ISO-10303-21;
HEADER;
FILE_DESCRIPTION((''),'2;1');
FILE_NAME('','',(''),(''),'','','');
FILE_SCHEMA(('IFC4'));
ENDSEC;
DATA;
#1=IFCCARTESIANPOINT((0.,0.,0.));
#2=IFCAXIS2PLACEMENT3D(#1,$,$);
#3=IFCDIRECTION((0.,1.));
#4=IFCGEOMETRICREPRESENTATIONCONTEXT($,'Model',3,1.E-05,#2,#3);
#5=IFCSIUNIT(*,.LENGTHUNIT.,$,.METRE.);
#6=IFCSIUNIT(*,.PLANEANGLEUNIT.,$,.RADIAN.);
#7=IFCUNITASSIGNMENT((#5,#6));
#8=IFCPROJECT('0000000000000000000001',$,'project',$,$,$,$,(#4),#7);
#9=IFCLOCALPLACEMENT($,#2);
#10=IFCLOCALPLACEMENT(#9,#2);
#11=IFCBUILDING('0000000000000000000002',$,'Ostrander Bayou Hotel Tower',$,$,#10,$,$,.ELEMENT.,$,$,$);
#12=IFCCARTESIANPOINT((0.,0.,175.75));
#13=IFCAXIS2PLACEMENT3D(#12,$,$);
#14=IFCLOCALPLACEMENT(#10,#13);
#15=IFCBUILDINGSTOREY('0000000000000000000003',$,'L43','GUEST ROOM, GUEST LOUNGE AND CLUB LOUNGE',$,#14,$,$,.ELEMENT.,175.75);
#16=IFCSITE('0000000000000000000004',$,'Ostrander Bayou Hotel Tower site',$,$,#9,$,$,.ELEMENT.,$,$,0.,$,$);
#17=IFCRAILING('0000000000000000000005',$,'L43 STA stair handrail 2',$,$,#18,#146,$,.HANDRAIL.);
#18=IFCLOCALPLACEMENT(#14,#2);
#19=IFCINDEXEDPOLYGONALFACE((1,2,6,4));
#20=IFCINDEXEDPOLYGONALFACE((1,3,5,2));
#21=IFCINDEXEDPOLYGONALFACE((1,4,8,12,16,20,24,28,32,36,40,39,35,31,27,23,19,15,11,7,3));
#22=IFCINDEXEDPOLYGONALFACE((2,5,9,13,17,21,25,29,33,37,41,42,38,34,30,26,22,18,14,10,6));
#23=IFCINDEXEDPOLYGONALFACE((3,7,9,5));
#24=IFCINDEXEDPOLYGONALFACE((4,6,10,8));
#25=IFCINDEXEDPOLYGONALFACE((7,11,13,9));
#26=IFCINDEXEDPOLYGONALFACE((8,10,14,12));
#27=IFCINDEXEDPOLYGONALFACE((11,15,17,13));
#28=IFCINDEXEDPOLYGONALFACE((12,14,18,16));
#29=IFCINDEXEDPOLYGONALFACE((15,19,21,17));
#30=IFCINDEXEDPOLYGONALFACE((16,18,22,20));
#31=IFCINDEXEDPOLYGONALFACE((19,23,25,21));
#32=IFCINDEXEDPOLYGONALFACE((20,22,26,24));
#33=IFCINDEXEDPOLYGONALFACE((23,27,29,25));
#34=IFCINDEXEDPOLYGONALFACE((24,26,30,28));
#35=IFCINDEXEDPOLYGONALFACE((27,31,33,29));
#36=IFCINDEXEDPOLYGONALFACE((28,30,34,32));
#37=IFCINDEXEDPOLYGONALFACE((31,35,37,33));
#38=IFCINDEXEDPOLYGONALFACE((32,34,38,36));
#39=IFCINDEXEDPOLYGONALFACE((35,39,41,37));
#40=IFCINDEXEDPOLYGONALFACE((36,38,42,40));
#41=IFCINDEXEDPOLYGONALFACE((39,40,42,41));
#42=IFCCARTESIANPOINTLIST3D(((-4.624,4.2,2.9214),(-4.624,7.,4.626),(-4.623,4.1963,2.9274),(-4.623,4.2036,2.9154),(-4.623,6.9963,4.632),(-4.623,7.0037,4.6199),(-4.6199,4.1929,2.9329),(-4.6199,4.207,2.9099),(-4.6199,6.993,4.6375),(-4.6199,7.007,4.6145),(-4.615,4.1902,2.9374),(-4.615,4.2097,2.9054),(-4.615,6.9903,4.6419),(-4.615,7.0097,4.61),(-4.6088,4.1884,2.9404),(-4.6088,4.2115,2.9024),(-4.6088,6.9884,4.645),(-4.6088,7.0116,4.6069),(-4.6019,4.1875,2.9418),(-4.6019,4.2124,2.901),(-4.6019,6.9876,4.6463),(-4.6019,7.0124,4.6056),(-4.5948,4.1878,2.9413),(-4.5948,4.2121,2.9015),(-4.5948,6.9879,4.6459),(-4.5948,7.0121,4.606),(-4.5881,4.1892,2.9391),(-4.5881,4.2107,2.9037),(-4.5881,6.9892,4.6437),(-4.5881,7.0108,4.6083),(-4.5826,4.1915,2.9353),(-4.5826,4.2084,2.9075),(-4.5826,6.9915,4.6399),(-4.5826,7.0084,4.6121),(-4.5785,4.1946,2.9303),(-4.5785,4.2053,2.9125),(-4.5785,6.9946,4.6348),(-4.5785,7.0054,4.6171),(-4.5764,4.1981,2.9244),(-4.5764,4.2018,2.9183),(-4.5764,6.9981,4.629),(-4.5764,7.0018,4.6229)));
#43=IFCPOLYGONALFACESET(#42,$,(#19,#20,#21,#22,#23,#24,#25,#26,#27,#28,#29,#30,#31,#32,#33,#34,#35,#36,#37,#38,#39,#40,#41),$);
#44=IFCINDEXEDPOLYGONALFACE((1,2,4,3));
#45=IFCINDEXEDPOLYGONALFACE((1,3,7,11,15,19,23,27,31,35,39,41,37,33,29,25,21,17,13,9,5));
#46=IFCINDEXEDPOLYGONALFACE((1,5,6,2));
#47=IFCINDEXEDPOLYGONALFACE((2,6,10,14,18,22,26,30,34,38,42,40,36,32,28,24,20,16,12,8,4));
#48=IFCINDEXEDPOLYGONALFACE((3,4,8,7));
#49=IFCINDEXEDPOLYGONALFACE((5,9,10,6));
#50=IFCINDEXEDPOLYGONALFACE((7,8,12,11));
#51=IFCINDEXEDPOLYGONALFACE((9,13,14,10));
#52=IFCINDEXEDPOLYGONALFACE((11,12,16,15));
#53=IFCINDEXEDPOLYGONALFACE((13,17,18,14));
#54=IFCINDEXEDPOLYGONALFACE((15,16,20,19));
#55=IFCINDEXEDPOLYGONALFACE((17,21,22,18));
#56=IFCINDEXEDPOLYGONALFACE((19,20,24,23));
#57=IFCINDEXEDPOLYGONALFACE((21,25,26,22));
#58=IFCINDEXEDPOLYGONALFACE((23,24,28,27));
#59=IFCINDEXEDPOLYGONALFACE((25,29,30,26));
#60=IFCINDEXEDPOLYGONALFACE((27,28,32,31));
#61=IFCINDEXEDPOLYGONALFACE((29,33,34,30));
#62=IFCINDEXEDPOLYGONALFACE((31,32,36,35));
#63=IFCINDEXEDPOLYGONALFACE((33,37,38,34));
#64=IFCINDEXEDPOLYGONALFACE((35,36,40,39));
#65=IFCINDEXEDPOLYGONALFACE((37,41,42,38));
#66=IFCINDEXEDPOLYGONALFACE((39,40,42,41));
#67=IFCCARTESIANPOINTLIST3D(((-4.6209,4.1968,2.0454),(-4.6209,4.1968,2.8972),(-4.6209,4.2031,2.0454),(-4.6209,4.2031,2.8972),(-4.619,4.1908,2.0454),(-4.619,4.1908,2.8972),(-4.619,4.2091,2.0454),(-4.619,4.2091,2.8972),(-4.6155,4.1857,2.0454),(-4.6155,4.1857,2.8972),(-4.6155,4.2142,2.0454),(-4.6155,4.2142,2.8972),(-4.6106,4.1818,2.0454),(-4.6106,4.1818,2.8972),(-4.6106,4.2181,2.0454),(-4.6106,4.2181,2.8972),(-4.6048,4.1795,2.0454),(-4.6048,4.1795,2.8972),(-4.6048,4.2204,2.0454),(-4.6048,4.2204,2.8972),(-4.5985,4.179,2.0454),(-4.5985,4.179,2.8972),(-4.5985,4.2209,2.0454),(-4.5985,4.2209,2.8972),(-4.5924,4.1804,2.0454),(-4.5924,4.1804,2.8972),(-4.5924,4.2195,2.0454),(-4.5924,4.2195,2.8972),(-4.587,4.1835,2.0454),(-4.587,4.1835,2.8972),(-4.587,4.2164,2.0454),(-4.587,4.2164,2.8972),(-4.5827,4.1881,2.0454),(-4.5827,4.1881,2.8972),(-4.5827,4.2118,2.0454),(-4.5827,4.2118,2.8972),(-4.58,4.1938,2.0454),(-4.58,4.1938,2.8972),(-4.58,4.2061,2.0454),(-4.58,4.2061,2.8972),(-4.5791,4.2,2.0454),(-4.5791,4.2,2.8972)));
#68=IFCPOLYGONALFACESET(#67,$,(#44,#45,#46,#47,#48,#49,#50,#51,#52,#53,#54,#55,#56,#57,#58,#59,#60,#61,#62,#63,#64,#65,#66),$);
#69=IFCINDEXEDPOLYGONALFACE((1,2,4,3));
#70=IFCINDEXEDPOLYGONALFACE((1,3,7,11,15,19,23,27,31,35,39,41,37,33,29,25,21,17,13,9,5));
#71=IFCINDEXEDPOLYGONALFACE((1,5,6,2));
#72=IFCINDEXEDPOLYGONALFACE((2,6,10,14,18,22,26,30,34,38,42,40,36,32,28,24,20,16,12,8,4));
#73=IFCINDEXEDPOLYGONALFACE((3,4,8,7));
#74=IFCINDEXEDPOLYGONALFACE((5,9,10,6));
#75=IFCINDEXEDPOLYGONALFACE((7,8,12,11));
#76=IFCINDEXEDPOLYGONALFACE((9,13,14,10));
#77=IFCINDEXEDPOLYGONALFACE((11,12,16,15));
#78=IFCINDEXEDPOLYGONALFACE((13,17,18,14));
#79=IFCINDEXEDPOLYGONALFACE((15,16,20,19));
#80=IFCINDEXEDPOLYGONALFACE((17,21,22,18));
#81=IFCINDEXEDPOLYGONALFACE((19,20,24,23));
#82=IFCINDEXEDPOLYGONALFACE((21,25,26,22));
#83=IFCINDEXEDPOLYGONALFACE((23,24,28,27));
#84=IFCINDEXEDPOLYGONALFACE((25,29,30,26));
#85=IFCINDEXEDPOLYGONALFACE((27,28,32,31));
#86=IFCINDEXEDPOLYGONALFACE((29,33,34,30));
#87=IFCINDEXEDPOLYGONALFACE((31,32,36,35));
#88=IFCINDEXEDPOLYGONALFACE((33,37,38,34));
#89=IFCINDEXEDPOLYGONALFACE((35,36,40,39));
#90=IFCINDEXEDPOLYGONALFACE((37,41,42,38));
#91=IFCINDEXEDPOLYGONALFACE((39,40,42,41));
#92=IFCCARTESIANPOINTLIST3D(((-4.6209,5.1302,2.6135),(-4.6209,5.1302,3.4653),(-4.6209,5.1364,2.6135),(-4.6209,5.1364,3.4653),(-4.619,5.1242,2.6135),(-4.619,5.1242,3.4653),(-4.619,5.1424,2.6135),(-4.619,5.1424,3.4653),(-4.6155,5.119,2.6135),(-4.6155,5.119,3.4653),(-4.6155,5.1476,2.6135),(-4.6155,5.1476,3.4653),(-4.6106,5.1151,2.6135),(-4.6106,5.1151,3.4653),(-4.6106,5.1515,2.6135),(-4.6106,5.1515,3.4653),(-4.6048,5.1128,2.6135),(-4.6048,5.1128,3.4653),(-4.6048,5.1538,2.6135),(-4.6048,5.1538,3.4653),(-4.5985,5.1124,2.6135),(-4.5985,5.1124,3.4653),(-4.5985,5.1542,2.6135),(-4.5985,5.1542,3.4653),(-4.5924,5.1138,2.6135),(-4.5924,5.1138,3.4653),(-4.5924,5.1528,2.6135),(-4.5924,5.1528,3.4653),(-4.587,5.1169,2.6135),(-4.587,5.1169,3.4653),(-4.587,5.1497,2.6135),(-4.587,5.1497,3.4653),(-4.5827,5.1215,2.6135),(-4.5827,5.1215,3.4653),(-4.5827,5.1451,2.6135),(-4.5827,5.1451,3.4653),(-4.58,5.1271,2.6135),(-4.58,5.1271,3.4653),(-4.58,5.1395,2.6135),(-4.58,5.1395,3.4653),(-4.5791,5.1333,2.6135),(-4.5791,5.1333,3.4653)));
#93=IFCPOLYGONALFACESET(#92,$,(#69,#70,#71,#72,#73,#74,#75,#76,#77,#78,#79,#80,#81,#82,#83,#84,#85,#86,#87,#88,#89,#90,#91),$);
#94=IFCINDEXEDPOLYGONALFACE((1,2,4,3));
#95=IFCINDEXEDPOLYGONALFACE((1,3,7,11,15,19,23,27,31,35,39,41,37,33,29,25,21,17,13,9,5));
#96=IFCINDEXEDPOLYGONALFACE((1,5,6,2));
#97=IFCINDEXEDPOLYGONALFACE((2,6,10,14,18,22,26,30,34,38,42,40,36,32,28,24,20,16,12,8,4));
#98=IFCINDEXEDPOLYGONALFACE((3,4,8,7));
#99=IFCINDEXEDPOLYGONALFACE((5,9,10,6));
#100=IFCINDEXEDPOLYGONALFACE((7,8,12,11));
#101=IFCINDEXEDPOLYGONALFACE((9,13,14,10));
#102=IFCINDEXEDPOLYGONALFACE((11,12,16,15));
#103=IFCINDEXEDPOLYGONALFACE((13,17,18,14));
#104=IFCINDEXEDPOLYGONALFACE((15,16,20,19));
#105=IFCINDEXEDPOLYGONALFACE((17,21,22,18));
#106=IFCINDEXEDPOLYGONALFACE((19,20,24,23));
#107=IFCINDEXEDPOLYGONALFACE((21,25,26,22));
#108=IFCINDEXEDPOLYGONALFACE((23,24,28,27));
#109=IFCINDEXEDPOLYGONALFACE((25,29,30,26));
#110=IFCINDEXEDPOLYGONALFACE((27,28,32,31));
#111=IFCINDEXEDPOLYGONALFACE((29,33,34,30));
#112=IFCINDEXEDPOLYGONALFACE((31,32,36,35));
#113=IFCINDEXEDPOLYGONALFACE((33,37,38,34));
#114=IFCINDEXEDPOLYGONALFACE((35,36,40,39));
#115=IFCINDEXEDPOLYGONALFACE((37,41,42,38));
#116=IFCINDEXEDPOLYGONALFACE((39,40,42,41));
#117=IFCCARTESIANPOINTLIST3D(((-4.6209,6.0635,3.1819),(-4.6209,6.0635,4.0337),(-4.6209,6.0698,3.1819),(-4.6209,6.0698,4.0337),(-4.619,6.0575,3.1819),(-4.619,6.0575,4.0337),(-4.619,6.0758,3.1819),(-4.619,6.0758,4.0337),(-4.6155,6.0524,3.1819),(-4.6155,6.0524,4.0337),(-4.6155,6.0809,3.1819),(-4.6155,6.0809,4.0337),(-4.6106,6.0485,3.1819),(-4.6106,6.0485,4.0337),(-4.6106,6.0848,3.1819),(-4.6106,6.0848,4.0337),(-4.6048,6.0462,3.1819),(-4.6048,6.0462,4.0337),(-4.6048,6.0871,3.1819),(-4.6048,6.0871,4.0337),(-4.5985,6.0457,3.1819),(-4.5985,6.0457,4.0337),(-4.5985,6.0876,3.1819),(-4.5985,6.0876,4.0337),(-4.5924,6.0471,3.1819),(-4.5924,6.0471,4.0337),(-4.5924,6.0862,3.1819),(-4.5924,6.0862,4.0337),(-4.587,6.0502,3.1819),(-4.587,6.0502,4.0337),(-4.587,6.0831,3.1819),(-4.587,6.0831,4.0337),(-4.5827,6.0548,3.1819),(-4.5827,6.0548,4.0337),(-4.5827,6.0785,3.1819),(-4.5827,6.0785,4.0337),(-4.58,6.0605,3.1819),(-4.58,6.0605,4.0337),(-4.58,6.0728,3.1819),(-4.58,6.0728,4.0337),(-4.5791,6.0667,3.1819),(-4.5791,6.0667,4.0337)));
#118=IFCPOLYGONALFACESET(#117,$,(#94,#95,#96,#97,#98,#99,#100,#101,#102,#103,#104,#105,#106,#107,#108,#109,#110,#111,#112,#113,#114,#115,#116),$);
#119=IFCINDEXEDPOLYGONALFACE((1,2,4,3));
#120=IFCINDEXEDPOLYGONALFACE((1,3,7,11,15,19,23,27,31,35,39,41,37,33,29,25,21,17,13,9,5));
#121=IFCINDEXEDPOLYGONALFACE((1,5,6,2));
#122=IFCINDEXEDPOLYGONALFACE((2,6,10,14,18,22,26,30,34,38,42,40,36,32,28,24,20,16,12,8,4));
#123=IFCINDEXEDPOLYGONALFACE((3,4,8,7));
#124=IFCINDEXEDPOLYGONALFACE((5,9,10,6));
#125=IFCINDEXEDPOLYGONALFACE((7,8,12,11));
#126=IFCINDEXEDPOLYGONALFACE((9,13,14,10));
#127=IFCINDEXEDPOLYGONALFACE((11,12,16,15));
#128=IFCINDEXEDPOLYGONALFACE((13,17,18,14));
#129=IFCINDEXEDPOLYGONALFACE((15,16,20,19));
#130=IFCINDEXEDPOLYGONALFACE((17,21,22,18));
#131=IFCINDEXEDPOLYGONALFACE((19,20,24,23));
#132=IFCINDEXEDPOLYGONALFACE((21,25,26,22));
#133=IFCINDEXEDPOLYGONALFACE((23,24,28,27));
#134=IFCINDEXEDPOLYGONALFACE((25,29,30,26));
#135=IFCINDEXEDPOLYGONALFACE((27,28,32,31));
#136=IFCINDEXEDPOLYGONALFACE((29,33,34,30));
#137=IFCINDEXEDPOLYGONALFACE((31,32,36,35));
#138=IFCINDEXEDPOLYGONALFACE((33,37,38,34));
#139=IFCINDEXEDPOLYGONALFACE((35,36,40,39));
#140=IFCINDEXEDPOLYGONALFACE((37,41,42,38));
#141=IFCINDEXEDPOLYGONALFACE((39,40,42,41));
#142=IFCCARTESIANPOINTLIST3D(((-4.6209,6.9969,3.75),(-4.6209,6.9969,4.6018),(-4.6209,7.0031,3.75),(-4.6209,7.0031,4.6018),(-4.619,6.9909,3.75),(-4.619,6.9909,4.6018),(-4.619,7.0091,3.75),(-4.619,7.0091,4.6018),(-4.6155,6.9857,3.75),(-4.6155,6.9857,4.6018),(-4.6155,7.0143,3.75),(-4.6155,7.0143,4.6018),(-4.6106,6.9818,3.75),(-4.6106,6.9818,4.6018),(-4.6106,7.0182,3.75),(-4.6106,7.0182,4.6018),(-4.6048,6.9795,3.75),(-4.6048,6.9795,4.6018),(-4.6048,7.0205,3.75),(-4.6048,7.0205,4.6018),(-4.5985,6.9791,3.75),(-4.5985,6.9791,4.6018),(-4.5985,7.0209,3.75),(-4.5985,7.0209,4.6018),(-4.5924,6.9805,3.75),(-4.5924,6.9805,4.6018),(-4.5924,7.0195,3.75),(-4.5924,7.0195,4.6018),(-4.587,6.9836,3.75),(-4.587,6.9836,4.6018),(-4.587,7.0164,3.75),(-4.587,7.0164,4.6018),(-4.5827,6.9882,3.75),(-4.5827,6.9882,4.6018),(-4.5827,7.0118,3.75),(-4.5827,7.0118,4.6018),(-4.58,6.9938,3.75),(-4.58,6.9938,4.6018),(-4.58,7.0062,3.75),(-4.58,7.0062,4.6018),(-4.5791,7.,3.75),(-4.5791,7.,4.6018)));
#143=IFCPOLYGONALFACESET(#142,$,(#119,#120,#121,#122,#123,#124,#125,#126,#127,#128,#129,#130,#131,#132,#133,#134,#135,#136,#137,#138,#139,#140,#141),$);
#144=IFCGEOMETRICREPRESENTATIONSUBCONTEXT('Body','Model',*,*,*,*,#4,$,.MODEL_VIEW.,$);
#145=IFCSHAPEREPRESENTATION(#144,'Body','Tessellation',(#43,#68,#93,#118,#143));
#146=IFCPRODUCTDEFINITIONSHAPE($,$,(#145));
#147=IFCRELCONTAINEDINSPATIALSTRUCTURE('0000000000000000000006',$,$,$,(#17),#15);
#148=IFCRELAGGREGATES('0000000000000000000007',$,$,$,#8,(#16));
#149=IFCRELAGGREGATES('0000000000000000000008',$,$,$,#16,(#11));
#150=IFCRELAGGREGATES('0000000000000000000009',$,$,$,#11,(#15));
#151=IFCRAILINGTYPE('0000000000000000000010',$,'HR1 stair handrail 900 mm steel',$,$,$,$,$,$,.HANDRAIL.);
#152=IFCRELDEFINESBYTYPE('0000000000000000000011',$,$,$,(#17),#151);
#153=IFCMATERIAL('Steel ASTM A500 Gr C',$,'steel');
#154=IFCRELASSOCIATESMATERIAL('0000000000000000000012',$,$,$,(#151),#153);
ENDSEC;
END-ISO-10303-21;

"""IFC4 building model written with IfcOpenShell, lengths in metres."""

from ifc_helpers import new_model, si_unit, direction, frame, origin, origin_2d, place, context, subcontext, project, spatial, circle, extrude, material, type_object, element, save


model = new_model("IFC4")

# Units and contexts
model_context = context("Model", 3, precision=1e-05, world=origin(), true_north=direction((0.0, 1.0)))
body_context = subcontext(model_context, "Body", "Model", "MODEL_VIEW")
ifc_project = project(units=[si_unit("LENGTHUNIT", "METRE"), si_unit("PLANEANGLEUNIT", "RADIAN")], contexts=[model_context])

# Site, building, storey
site_placement = place(None, origin())
site = spatial("IfcSite", under=ifc_project, at=site_placement, Name="Ostrander Bayou Hotel Tower site", CompositionType="ELEMENT", RefElevation=0.0)
building_placement = place(site_placement, origin())
building = spatial("IfcBuilding", under=site, at=building_placement, Name="Ostrander Bayou Hotel Tower", CompositionType="ELEMENT")
storey_placement = place(building_placement, frame((0.0, 0.0, 175.75)))
storey = spatial("IfcBuildingStorey", under=building, at=storey_placement, Name="L43", Description="GUEST ROOM, GUEST LOUNGE AND CLUB LOUNGE", CompositionType="ELEMENT", Elevation=175.75)

# Railing
ifc_material_1 = material(Name="Steel ASTM A500 Gr C", Category="steel")
railing_type_1 = type_object("IfcRailingType", Name="HR1 stair handrail 900 mm steel", PredefinedType="HANDRAIL", material=ifc_material_1)
railing_1_placement = place(storey_placement, frame((-4.6001, 4.2, 2.0454)))
element("IfcRailing", 1, at=railing_1_placement, inside=storey, type_object=railing_type_1, Name="L43 STA stair handrail 2", PredefinedType="HANDRAIL", context=body_context, shape_type="SweptSolid", body=[
    extrude(circle(Radius=0.0239, at=origin_2d()), frame((0.0, 0.0, 0.876), z_axis=(0.0, 0.85417, 0.519994), x_axis=(-1.0, 0.0, 0.0)), (0.0, 0.0, 1.0), 3.2781),
    extrude(circle(Radius=0.021, at=origin_2d()), origin(), (0.0, 0.0, 1.0), 0.8518),
    extrude(circle(Radius=0.021, at=origin_2d()), frame((0.0, 0.9333, 0.5681)), (0.0, 0.0, 1.0), 0.8518),
    extrude(circle(Radius=0.021, at=origin_2d()), frame((0.0, 1.8667, 1.1365)), (0.0, 0.0, 1.0), 0.8518),
    extrude(circle(Radius=0.021, at=origin_2d()), frame((0.0, 2.8, 1.7046)), (0.0, 0.0, 1.0), 0.8518),
])

save(model, "model.ifc")
